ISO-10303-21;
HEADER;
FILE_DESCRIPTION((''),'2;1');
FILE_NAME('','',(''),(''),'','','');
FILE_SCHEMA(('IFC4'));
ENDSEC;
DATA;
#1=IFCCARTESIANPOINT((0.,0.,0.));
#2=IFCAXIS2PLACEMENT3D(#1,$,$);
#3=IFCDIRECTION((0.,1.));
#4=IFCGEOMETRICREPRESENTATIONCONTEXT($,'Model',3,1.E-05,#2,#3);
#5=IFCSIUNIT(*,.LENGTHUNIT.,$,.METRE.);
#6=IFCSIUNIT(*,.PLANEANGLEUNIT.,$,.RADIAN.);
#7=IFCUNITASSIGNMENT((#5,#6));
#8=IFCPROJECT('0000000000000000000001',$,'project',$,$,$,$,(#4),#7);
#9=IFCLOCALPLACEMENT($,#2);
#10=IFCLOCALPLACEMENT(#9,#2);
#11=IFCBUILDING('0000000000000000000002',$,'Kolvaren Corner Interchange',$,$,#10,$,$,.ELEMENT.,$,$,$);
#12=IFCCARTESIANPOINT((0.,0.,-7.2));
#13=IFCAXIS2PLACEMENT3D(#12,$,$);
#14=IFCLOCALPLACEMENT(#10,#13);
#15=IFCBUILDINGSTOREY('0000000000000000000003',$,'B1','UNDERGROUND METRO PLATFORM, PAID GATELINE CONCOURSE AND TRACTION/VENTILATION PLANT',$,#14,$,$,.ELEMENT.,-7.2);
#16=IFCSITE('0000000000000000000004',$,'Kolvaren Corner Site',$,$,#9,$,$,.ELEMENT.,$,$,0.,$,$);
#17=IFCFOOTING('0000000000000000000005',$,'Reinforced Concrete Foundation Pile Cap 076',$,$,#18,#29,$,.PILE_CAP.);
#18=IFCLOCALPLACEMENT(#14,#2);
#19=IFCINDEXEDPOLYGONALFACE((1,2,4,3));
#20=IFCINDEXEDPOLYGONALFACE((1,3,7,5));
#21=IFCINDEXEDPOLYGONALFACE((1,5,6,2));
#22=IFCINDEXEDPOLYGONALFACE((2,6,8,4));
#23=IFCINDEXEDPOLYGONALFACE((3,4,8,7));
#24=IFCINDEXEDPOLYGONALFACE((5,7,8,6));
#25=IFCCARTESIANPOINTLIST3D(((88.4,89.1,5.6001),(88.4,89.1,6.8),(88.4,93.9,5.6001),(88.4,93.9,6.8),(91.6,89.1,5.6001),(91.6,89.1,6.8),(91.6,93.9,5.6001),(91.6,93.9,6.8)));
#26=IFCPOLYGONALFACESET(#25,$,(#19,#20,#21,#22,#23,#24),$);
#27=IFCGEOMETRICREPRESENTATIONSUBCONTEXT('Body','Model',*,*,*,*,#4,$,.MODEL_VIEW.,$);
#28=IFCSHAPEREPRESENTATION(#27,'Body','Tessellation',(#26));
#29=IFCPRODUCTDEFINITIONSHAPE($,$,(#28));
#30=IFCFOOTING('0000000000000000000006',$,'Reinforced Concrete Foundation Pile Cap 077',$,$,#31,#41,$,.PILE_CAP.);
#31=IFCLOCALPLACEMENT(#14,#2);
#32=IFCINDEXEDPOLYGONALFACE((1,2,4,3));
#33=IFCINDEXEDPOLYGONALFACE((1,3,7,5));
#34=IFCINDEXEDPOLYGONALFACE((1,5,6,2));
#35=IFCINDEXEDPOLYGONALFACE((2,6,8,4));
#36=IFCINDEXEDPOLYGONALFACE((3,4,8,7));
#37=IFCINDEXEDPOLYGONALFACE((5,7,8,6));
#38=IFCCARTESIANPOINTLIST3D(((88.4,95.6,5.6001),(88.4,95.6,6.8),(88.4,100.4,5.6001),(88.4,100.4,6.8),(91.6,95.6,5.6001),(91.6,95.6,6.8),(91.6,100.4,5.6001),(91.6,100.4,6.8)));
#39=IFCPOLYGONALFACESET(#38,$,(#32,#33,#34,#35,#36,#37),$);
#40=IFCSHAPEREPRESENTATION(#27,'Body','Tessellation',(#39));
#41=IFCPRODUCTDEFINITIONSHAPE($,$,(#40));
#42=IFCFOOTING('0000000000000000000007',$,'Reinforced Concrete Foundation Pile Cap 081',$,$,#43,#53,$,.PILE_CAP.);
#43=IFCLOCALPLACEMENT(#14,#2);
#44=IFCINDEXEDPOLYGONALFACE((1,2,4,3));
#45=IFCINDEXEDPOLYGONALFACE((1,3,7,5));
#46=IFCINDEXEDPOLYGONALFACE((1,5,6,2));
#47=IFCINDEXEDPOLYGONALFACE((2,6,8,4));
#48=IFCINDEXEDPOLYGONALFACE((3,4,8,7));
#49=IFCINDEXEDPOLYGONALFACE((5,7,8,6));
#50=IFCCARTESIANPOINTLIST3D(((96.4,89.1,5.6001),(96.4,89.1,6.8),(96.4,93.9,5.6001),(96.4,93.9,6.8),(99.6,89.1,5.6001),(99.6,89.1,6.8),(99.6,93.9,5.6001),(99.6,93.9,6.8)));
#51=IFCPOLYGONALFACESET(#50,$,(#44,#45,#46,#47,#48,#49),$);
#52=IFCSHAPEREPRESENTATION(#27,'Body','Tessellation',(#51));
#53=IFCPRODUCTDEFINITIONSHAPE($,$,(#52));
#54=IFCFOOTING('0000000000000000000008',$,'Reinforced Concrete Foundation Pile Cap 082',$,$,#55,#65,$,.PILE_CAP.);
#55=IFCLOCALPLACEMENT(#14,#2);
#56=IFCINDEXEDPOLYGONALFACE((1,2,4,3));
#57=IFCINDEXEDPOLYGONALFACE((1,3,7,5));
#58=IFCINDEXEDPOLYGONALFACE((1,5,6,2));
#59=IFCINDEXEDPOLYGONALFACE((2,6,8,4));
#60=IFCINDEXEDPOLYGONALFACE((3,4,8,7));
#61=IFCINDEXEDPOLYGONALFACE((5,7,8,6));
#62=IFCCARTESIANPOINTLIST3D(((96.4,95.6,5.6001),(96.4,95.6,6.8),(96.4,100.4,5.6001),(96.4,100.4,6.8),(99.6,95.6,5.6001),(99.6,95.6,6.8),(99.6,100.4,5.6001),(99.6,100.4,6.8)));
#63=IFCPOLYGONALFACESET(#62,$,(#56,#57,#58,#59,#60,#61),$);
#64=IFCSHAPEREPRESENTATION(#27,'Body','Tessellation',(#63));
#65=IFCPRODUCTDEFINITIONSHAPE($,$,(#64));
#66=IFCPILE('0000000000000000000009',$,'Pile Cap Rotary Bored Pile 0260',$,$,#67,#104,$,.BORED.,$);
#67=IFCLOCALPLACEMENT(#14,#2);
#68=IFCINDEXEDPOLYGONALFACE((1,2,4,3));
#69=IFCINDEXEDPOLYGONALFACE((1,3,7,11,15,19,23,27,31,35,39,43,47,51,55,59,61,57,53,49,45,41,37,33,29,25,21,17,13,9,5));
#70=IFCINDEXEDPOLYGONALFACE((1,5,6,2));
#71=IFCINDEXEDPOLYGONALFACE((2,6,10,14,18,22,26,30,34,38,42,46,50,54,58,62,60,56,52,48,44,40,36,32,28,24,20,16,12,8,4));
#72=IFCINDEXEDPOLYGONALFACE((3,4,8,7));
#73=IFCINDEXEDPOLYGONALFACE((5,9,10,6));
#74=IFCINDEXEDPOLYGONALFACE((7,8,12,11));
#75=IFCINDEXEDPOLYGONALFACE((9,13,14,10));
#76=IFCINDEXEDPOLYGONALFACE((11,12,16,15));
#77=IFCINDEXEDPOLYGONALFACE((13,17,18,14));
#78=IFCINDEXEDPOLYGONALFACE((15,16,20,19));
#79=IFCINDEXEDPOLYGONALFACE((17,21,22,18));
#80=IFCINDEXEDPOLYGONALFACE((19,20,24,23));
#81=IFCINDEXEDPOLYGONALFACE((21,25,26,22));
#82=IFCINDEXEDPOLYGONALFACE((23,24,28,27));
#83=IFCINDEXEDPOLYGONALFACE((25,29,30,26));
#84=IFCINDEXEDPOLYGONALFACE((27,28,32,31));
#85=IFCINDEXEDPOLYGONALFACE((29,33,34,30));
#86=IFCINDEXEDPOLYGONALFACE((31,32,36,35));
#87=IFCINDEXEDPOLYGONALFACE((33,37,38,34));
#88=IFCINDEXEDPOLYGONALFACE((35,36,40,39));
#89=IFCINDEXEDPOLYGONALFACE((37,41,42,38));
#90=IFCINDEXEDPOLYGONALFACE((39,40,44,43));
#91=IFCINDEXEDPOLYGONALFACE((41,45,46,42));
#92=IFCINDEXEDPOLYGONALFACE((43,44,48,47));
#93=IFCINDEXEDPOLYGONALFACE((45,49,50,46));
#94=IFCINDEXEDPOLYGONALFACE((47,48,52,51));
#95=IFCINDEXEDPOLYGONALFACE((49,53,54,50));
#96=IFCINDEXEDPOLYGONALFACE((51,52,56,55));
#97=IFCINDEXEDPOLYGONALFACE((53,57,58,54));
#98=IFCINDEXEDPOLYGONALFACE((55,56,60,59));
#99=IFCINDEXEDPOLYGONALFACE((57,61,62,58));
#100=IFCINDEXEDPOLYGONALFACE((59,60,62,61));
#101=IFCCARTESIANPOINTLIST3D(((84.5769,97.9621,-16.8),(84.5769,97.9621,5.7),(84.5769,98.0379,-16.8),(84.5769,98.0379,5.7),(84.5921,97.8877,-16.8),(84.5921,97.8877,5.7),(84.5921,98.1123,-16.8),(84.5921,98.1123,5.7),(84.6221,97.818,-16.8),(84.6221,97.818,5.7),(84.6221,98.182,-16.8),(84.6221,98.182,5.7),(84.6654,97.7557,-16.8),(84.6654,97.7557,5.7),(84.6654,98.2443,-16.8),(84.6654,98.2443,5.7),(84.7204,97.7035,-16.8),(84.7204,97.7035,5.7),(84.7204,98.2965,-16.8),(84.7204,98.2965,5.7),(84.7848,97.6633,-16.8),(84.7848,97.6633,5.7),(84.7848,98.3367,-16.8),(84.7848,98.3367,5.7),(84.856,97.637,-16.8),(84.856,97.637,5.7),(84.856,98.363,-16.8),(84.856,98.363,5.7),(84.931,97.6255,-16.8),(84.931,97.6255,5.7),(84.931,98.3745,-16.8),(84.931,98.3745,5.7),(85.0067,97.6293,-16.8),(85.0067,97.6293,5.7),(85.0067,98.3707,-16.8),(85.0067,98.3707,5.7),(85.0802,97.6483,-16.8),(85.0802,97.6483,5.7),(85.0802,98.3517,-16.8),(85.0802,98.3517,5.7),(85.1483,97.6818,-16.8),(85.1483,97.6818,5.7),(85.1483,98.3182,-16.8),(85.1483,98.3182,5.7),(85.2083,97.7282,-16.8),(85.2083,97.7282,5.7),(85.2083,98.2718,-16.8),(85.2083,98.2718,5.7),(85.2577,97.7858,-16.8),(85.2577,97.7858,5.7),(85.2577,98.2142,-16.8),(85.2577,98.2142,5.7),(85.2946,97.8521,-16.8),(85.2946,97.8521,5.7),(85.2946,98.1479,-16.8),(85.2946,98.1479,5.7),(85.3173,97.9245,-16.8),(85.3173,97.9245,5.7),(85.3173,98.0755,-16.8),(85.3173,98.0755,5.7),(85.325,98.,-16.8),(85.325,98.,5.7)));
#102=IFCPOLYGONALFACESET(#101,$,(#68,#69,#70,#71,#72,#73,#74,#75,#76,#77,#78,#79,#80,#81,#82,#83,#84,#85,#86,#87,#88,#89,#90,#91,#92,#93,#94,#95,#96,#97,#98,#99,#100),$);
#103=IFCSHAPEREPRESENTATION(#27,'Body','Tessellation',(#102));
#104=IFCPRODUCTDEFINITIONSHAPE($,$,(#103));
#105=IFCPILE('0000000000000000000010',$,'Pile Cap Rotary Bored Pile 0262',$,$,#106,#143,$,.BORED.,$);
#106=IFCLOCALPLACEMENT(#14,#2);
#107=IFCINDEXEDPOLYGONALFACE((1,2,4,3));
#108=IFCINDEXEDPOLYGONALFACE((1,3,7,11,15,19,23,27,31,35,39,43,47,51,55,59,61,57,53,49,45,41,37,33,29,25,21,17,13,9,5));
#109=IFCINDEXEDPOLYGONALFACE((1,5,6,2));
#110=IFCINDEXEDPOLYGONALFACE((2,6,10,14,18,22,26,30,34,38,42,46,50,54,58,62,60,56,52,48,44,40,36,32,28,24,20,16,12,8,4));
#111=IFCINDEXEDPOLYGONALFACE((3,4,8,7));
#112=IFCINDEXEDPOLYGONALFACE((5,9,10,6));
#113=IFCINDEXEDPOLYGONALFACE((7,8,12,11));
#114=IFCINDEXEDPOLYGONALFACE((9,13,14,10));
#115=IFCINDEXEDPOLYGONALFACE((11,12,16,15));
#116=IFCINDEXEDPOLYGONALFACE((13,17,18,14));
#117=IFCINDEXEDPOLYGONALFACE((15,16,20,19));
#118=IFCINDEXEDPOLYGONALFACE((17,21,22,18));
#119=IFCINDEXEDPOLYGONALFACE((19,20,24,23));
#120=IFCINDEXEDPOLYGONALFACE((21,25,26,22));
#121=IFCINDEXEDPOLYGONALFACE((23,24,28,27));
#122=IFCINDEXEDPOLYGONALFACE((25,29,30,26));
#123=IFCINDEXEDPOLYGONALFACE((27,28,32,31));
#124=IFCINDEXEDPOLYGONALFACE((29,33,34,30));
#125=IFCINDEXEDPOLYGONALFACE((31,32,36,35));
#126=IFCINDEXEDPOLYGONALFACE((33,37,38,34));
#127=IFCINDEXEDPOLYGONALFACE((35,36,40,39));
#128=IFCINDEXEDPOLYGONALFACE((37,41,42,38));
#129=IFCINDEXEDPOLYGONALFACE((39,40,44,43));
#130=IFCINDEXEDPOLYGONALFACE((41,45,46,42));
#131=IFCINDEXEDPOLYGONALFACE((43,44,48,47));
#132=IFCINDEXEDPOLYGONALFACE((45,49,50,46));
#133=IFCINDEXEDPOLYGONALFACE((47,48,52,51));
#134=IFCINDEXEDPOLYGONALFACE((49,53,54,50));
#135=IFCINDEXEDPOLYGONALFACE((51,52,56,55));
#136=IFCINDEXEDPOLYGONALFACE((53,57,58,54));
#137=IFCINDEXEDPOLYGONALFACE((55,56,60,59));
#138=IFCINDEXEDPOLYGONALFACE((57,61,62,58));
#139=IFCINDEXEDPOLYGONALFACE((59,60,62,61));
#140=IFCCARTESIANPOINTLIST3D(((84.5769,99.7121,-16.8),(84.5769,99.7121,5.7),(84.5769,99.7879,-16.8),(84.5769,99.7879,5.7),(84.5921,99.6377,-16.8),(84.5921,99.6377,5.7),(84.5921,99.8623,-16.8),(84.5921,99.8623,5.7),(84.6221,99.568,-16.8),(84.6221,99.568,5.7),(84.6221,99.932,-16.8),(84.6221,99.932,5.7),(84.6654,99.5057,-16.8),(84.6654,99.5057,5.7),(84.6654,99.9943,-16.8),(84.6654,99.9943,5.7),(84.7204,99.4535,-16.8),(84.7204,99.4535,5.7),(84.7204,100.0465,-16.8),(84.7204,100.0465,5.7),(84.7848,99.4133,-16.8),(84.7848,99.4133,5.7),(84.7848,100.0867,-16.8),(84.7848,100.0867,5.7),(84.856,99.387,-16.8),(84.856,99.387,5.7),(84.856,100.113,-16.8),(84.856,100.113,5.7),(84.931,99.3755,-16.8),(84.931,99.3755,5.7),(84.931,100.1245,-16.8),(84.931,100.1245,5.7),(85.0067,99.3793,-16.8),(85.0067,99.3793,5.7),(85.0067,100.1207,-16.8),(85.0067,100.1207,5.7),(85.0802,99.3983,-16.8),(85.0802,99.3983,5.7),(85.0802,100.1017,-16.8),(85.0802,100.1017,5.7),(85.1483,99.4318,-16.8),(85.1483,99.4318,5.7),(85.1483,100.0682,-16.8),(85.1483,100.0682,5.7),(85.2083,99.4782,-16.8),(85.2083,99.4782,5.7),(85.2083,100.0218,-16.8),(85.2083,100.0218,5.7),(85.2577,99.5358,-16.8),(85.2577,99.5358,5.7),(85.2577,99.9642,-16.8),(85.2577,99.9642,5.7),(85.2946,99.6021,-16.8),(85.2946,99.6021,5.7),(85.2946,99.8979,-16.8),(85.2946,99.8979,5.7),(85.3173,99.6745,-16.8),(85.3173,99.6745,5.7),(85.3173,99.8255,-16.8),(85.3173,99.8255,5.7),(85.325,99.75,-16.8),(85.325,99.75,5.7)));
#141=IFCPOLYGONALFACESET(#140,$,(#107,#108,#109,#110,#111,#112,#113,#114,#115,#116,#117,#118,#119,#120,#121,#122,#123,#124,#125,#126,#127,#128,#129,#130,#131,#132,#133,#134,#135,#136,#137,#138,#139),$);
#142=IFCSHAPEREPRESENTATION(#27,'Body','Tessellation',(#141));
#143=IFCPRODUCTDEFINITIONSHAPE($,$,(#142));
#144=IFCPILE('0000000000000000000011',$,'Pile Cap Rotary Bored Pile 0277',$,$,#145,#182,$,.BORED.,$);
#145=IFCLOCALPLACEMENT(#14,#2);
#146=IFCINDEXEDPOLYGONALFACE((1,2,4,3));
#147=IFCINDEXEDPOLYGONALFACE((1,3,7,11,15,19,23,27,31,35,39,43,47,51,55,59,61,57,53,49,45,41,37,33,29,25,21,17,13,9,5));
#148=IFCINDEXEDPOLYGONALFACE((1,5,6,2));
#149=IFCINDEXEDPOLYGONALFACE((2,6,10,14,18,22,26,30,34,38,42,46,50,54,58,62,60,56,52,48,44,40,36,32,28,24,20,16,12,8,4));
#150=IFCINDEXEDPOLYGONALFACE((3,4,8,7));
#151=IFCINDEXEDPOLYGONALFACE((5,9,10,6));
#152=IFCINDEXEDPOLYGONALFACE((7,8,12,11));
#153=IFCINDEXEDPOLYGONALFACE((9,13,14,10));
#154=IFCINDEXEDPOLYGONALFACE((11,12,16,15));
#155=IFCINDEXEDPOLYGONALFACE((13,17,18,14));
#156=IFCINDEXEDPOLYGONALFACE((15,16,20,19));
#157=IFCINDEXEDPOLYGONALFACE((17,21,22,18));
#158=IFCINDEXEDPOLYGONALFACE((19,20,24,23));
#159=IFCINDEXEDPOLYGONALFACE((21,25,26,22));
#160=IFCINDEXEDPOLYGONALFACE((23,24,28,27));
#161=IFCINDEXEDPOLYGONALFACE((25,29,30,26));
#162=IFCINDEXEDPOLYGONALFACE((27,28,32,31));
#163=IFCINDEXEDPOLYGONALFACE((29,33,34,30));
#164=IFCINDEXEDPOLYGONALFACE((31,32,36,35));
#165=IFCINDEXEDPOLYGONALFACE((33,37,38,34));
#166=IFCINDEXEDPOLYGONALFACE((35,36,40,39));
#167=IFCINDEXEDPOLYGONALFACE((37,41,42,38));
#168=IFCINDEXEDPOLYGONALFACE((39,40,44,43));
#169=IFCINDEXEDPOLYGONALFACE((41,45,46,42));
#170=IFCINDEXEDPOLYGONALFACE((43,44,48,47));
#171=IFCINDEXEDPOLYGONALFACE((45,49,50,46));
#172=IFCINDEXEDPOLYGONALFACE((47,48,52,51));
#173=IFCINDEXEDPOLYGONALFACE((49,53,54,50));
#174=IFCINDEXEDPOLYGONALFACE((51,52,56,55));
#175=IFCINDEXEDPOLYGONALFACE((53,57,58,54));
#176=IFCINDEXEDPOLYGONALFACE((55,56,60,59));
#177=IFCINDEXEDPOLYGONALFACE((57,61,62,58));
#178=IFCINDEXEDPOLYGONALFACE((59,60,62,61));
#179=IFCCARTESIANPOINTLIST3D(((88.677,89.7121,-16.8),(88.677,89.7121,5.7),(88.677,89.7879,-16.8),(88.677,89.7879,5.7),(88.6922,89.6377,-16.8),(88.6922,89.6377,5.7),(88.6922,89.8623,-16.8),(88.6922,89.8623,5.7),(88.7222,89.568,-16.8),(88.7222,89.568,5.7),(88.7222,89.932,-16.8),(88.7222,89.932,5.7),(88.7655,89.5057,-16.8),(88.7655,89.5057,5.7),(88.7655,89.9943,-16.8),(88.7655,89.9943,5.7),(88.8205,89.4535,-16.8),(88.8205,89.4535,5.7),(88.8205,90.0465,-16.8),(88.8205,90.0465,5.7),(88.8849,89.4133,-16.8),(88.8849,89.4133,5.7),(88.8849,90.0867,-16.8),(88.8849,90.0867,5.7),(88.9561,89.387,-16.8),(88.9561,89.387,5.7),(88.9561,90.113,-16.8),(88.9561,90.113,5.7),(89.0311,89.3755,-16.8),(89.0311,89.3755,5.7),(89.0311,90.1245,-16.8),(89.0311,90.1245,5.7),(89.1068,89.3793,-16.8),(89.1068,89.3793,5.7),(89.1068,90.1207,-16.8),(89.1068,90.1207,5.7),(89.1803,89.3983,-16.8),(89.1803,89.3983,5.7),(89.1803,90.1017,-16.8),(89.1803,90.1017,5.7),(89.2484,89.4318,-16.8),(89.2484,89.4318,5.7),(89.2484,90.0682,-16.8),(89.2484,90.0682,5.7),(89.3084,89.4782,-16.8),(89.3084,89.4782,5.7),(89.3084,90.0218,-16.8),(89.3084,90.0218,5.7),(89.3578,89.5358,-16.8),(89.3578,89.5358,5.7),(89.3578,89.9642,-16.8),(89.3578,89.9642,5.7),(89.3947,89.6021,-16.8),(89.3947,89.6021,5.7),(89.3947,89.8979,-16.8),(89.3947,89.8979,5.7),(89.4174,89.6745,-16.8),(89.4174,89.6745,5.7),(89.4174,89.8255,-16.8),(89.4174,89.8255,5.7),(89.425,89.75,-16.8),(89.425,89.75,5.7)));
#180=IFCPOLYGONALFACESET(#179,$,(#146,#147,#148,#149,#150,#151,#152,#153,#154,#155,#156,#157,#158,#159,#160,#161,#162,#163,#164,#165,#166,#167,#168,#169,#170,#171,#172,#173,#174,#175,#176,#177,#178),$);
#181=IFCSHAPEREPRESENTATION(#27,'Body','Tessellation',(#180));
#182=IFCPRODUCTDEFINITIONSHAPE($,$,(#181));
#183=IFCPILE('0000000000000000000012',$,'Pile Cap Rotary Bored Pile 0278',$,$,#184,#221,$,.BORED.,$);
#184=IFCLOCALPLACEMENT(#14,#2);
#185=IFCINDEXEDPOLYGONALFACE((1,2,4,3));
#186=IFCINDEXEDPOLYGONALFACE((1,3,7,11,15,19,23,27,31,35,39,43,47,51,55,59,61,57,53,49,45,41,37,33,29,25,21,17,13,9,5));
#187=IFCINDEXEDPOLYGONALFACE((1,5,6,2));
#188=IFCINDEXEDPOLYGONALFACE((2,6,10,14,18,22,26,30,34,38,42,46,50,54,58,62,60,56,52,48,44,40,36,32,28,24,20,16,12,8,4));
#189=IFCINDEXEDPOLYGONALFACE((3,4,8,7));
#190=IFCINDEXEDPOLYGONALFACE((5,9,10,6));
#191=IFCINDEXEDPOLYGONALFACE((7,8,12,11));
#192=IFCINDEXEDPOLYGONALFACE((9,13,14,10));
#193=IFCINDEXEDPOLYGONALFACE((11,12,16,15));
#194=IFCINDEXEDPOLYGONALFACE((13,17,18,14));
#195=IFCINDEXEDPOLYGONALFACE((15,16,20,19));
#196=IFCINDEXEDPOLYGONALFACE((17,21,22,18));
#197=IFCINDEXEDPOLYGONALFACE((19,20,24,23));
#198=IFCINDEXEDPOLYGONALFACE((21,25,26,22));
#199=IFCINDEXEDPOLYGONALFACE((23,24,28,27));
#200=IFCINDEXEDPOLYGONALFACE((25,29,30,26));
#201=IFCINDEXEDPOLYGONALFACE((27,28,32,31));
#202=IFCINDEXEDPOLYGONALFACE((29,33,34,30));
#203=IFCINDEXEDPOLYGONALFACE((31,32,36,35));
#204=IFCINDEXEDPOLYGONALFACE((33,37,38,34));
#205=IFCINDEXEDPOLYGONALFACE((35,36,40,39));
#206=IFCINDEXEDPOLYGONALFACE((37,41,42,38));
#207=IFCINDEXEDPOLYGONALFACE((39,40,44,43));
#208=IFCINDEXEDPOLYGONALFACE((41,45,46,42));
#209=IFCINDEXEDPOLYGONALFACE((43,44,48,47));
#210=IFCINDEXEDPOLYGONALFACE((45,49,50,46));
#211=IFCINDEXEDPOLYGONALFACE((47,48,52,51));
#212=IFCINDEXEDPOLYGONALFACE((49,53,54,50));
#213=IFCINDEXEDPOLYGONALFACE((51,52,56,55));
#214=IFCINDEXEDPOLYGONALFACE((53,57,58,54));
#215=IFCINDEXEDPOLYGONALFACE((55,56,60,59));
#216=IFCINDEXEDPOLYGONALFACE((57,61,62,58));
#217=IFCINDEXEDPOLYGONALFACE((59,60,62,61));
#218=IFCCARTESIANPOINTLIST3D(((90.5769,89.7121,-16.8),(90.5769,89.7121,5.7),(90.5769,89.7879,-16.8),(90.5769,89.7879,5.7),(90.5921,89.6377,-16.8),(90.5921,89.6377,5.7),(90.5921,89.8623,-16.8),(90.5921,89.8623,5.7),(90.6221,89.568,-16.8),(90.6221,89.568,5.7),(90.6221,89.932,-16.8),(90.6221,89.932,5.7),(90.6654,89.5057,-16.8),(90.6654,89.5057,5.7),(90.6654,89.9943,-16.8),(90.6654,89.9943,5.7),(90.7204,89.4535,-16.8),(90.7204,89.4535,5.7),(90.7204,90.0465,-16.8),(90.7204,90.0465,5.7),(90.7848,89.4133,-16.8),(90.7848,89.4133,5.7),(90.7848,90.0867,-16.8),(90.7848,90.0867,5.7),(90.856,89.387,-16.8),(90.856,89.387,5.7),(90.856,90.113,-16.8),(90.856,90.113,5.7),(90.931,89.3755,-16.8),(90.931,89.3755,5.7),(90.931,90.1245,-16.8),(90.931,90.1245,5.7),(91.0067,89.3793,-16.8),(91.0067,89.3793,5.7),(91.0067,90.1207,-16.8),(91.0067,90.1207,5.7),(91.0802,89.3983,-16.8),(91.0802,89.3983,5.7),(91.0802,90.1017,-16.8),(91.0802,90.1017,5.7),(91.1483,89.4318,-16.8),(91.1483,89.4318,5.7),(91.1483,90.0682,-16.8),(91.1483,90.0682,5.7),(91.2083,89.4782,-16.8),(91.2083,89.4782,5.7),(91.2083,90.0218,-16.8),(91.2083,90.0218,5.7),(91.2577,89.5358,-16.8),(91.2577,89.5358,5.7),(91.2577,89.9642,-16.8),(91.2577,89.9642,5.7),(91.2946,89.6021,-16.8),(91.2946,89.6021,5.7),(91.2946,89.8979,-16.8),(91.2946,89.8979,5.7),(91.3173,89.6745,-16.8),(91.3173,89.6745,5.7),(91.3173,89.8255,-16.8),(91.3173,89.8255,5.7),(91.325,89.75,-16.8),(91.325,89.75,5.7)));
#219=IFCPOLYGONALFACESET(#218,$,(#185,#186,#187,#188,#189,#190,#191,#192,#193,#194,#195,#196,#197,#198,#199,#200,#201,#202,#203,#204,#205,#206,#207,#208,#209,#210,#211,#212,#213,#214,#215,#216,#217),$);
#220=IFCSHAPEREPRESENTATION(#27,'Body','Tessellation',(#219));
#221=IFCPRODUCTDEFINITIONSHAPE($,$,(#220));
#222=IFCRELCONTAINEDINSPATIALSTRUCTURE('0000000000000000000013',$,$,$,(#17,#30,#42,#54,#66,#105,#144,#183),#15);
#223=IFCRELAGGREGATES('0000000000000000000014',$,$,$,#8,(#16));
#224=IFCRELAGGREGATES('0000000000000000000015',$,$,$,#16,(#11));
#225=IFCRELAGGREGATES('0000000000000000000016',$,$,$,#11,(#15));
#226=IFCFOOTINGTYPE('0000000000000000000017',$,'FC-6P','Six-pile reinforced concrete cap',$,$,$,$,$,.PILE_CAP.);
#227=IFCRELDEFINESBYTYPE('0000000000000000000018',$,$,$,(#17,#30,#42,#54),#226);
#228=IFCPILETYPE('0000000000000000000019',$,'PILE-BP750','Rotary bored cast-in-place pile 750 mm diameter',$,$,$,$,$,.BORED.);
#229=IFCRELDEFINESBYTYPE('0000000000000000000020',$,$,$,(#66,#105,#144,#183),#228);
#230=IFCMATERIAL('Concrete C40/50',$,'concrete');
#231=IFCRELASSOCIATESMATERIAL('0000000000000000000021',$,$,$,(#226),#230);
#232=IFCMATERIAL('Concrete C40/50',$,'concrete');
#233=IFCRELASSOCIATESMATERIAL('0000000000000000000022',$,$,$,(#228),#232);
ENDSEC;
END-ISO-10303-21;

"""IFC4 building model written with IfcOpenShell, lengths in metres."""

from ifc_helpers import new_model, si_unit, direction, frame, origin, origin_2d, place, context, subcontext, project, spatial, rectangle, circle, extrude, material, material_profile, profile_set, type_object, element, save


model = new_model("IFC4")

# Units and contexts
model_context = context("Model", 3, precision=1e-05, world=origin(), true_north=direction((0.0, 1.0)))
body_context = subcontext(model_context, "Body", "Model", "MODEL_VIEW")
ifc_project = project(units=[si_unit("LENGTHUNIT", "METRE"), si_unit("PLANEANGLEUNIT", "RADIAN")], contexts=[model_context])

# Site, building, storey
site_placement = place(None, origin())
site = spatial("IfcSite", under=ifc_project, at=site_placement, Name="Kolvaren Corner Site", CompositionType="ELEMENT", RefElevation=0.0)
building_placement = place(site_placement, origin())
building = spatial("IfcBuilding", under=site, at=building_placement, Name="Kolvaren Corner Interchange", CompositionType="ELEMENT")
storey_placement = place(building_placement, frame((0.0, 0.0, -7.2)))
storey = spatial("IfcBuildingStorey", under=building, at=storey_placement, Name="B1", Description="UNDERGROUND METRO PLATFORM, PAID GATELINE CONCOURSE AND TRACTION/VENTILATION PLANT", CompositionType="ELEMENT", Elevation=-7.2)

# Footings
ifc_material_1 = material(Name="Concrete C40/50", Category="concrete")
footing_type = type_object("IfcFootingType", Name="FC-6P", Description="Six-pile reinforced concrete cap", PredefinedType="PILE_CAP", material=ifc_material_1)
for number, where, z_axis, x_axis, name in (
    (1, (90.0, 91.5, 5.6001), (0.0, 0.0, 1.0), (1.0, 0.0, 0.0), "Reinforced Concrete Foundation Pile Cap 076"),
    (2, (90.0, 98.0, 5.6001), (0.0, 0.0, 1.0), (1.0, 0.0, 0.0), "Reinforced Concrete Foundation Pile Cap 077"),
    (3, (98.0, 91.5, 5.6001), (0.0, 0.0, 1.0), (1.0, 0.0, 0.0), "Reinforced Concrete Foundation Pile Cap 081"),
    (4, (98.0, 98.0, 5.6001), (0.0, 0.0, 1.0), (1.0, 0.0, 0.0), "Reinforced Concrete Foundation Pile Cap 082"),
):
    element("IfcFooting", number, at=place(storey_placement, frame(where, z_axis=z_axis, x_axis=x_axis)), inside=storey, type_object=footing_type, Name=name, PredefinedType="PILE_CAP", context=body_context, shape_type="SweptSolid", body=[
        extrude(rectangle(XDim=3.2, YDim=4.8, at=origin_2d()), origin(), (0.0, 0.0, 1.0), 1.2),
    ])

# Piles
ifc_material_2 = material(Name="Concrete C40/50", Category="concrete")
ifc_material_profile = material_profile(ifc_material_2, circle(Radius=0.375, at=origin_2d()), Name="BORED PILE 750")
ifc_profile_set = profile_set([ifc_material_profile], Name="Concrete C40/50")
pile_type = type_object("IfcPileType", Name="PILE-BP750", Description="Rotary bored cast-in-place pile 750 mm diameter", PredefinedType="BORED", material=ifc_profile_set)
for number, where, z_axis, x_axis, name in (
    (5, (84.95, 98.0, 5.7), (0.0, 0.0, -1.0), (1.0, 0.0, 0.0), "Pile Cap Rotary Bored Pile 0260"),
    (6, (84.95, 99.75, 5.7), (0.0, 0.0, -1.0), (1.0, 0.0, 0.0), "Pile Cap Rotary Bored Pile 0262"),
    (7, (89.05, 89.75, 5.7), (0.0, 0.0, -1.0), (1.0, 0.0, 0.0), "Pile Cap Rotary Bored Pile 0277"),
    (8, (90.95, 89.75, 5.7), (0.0, 0.0, -1.0), (1.0, 0.0, 0.0), "Pile Cap Rotary Bored Pile 0278"),
):
    element("IfcPile", number, at=place(storey_placement, frame(where, z_axis=z_axis, x_axis=x_axis)), inside=storey, type_object=pile_type, Name=name, PredefinedType="BORED", context=body_context, shape_type="SweptSolid", body=[
        extrude(circle(Radius=0.375, at=origin_2d()), origin(), (0.0, 0.0, 1.0), 22.5),
    ])

save(model, "model.ifc")
